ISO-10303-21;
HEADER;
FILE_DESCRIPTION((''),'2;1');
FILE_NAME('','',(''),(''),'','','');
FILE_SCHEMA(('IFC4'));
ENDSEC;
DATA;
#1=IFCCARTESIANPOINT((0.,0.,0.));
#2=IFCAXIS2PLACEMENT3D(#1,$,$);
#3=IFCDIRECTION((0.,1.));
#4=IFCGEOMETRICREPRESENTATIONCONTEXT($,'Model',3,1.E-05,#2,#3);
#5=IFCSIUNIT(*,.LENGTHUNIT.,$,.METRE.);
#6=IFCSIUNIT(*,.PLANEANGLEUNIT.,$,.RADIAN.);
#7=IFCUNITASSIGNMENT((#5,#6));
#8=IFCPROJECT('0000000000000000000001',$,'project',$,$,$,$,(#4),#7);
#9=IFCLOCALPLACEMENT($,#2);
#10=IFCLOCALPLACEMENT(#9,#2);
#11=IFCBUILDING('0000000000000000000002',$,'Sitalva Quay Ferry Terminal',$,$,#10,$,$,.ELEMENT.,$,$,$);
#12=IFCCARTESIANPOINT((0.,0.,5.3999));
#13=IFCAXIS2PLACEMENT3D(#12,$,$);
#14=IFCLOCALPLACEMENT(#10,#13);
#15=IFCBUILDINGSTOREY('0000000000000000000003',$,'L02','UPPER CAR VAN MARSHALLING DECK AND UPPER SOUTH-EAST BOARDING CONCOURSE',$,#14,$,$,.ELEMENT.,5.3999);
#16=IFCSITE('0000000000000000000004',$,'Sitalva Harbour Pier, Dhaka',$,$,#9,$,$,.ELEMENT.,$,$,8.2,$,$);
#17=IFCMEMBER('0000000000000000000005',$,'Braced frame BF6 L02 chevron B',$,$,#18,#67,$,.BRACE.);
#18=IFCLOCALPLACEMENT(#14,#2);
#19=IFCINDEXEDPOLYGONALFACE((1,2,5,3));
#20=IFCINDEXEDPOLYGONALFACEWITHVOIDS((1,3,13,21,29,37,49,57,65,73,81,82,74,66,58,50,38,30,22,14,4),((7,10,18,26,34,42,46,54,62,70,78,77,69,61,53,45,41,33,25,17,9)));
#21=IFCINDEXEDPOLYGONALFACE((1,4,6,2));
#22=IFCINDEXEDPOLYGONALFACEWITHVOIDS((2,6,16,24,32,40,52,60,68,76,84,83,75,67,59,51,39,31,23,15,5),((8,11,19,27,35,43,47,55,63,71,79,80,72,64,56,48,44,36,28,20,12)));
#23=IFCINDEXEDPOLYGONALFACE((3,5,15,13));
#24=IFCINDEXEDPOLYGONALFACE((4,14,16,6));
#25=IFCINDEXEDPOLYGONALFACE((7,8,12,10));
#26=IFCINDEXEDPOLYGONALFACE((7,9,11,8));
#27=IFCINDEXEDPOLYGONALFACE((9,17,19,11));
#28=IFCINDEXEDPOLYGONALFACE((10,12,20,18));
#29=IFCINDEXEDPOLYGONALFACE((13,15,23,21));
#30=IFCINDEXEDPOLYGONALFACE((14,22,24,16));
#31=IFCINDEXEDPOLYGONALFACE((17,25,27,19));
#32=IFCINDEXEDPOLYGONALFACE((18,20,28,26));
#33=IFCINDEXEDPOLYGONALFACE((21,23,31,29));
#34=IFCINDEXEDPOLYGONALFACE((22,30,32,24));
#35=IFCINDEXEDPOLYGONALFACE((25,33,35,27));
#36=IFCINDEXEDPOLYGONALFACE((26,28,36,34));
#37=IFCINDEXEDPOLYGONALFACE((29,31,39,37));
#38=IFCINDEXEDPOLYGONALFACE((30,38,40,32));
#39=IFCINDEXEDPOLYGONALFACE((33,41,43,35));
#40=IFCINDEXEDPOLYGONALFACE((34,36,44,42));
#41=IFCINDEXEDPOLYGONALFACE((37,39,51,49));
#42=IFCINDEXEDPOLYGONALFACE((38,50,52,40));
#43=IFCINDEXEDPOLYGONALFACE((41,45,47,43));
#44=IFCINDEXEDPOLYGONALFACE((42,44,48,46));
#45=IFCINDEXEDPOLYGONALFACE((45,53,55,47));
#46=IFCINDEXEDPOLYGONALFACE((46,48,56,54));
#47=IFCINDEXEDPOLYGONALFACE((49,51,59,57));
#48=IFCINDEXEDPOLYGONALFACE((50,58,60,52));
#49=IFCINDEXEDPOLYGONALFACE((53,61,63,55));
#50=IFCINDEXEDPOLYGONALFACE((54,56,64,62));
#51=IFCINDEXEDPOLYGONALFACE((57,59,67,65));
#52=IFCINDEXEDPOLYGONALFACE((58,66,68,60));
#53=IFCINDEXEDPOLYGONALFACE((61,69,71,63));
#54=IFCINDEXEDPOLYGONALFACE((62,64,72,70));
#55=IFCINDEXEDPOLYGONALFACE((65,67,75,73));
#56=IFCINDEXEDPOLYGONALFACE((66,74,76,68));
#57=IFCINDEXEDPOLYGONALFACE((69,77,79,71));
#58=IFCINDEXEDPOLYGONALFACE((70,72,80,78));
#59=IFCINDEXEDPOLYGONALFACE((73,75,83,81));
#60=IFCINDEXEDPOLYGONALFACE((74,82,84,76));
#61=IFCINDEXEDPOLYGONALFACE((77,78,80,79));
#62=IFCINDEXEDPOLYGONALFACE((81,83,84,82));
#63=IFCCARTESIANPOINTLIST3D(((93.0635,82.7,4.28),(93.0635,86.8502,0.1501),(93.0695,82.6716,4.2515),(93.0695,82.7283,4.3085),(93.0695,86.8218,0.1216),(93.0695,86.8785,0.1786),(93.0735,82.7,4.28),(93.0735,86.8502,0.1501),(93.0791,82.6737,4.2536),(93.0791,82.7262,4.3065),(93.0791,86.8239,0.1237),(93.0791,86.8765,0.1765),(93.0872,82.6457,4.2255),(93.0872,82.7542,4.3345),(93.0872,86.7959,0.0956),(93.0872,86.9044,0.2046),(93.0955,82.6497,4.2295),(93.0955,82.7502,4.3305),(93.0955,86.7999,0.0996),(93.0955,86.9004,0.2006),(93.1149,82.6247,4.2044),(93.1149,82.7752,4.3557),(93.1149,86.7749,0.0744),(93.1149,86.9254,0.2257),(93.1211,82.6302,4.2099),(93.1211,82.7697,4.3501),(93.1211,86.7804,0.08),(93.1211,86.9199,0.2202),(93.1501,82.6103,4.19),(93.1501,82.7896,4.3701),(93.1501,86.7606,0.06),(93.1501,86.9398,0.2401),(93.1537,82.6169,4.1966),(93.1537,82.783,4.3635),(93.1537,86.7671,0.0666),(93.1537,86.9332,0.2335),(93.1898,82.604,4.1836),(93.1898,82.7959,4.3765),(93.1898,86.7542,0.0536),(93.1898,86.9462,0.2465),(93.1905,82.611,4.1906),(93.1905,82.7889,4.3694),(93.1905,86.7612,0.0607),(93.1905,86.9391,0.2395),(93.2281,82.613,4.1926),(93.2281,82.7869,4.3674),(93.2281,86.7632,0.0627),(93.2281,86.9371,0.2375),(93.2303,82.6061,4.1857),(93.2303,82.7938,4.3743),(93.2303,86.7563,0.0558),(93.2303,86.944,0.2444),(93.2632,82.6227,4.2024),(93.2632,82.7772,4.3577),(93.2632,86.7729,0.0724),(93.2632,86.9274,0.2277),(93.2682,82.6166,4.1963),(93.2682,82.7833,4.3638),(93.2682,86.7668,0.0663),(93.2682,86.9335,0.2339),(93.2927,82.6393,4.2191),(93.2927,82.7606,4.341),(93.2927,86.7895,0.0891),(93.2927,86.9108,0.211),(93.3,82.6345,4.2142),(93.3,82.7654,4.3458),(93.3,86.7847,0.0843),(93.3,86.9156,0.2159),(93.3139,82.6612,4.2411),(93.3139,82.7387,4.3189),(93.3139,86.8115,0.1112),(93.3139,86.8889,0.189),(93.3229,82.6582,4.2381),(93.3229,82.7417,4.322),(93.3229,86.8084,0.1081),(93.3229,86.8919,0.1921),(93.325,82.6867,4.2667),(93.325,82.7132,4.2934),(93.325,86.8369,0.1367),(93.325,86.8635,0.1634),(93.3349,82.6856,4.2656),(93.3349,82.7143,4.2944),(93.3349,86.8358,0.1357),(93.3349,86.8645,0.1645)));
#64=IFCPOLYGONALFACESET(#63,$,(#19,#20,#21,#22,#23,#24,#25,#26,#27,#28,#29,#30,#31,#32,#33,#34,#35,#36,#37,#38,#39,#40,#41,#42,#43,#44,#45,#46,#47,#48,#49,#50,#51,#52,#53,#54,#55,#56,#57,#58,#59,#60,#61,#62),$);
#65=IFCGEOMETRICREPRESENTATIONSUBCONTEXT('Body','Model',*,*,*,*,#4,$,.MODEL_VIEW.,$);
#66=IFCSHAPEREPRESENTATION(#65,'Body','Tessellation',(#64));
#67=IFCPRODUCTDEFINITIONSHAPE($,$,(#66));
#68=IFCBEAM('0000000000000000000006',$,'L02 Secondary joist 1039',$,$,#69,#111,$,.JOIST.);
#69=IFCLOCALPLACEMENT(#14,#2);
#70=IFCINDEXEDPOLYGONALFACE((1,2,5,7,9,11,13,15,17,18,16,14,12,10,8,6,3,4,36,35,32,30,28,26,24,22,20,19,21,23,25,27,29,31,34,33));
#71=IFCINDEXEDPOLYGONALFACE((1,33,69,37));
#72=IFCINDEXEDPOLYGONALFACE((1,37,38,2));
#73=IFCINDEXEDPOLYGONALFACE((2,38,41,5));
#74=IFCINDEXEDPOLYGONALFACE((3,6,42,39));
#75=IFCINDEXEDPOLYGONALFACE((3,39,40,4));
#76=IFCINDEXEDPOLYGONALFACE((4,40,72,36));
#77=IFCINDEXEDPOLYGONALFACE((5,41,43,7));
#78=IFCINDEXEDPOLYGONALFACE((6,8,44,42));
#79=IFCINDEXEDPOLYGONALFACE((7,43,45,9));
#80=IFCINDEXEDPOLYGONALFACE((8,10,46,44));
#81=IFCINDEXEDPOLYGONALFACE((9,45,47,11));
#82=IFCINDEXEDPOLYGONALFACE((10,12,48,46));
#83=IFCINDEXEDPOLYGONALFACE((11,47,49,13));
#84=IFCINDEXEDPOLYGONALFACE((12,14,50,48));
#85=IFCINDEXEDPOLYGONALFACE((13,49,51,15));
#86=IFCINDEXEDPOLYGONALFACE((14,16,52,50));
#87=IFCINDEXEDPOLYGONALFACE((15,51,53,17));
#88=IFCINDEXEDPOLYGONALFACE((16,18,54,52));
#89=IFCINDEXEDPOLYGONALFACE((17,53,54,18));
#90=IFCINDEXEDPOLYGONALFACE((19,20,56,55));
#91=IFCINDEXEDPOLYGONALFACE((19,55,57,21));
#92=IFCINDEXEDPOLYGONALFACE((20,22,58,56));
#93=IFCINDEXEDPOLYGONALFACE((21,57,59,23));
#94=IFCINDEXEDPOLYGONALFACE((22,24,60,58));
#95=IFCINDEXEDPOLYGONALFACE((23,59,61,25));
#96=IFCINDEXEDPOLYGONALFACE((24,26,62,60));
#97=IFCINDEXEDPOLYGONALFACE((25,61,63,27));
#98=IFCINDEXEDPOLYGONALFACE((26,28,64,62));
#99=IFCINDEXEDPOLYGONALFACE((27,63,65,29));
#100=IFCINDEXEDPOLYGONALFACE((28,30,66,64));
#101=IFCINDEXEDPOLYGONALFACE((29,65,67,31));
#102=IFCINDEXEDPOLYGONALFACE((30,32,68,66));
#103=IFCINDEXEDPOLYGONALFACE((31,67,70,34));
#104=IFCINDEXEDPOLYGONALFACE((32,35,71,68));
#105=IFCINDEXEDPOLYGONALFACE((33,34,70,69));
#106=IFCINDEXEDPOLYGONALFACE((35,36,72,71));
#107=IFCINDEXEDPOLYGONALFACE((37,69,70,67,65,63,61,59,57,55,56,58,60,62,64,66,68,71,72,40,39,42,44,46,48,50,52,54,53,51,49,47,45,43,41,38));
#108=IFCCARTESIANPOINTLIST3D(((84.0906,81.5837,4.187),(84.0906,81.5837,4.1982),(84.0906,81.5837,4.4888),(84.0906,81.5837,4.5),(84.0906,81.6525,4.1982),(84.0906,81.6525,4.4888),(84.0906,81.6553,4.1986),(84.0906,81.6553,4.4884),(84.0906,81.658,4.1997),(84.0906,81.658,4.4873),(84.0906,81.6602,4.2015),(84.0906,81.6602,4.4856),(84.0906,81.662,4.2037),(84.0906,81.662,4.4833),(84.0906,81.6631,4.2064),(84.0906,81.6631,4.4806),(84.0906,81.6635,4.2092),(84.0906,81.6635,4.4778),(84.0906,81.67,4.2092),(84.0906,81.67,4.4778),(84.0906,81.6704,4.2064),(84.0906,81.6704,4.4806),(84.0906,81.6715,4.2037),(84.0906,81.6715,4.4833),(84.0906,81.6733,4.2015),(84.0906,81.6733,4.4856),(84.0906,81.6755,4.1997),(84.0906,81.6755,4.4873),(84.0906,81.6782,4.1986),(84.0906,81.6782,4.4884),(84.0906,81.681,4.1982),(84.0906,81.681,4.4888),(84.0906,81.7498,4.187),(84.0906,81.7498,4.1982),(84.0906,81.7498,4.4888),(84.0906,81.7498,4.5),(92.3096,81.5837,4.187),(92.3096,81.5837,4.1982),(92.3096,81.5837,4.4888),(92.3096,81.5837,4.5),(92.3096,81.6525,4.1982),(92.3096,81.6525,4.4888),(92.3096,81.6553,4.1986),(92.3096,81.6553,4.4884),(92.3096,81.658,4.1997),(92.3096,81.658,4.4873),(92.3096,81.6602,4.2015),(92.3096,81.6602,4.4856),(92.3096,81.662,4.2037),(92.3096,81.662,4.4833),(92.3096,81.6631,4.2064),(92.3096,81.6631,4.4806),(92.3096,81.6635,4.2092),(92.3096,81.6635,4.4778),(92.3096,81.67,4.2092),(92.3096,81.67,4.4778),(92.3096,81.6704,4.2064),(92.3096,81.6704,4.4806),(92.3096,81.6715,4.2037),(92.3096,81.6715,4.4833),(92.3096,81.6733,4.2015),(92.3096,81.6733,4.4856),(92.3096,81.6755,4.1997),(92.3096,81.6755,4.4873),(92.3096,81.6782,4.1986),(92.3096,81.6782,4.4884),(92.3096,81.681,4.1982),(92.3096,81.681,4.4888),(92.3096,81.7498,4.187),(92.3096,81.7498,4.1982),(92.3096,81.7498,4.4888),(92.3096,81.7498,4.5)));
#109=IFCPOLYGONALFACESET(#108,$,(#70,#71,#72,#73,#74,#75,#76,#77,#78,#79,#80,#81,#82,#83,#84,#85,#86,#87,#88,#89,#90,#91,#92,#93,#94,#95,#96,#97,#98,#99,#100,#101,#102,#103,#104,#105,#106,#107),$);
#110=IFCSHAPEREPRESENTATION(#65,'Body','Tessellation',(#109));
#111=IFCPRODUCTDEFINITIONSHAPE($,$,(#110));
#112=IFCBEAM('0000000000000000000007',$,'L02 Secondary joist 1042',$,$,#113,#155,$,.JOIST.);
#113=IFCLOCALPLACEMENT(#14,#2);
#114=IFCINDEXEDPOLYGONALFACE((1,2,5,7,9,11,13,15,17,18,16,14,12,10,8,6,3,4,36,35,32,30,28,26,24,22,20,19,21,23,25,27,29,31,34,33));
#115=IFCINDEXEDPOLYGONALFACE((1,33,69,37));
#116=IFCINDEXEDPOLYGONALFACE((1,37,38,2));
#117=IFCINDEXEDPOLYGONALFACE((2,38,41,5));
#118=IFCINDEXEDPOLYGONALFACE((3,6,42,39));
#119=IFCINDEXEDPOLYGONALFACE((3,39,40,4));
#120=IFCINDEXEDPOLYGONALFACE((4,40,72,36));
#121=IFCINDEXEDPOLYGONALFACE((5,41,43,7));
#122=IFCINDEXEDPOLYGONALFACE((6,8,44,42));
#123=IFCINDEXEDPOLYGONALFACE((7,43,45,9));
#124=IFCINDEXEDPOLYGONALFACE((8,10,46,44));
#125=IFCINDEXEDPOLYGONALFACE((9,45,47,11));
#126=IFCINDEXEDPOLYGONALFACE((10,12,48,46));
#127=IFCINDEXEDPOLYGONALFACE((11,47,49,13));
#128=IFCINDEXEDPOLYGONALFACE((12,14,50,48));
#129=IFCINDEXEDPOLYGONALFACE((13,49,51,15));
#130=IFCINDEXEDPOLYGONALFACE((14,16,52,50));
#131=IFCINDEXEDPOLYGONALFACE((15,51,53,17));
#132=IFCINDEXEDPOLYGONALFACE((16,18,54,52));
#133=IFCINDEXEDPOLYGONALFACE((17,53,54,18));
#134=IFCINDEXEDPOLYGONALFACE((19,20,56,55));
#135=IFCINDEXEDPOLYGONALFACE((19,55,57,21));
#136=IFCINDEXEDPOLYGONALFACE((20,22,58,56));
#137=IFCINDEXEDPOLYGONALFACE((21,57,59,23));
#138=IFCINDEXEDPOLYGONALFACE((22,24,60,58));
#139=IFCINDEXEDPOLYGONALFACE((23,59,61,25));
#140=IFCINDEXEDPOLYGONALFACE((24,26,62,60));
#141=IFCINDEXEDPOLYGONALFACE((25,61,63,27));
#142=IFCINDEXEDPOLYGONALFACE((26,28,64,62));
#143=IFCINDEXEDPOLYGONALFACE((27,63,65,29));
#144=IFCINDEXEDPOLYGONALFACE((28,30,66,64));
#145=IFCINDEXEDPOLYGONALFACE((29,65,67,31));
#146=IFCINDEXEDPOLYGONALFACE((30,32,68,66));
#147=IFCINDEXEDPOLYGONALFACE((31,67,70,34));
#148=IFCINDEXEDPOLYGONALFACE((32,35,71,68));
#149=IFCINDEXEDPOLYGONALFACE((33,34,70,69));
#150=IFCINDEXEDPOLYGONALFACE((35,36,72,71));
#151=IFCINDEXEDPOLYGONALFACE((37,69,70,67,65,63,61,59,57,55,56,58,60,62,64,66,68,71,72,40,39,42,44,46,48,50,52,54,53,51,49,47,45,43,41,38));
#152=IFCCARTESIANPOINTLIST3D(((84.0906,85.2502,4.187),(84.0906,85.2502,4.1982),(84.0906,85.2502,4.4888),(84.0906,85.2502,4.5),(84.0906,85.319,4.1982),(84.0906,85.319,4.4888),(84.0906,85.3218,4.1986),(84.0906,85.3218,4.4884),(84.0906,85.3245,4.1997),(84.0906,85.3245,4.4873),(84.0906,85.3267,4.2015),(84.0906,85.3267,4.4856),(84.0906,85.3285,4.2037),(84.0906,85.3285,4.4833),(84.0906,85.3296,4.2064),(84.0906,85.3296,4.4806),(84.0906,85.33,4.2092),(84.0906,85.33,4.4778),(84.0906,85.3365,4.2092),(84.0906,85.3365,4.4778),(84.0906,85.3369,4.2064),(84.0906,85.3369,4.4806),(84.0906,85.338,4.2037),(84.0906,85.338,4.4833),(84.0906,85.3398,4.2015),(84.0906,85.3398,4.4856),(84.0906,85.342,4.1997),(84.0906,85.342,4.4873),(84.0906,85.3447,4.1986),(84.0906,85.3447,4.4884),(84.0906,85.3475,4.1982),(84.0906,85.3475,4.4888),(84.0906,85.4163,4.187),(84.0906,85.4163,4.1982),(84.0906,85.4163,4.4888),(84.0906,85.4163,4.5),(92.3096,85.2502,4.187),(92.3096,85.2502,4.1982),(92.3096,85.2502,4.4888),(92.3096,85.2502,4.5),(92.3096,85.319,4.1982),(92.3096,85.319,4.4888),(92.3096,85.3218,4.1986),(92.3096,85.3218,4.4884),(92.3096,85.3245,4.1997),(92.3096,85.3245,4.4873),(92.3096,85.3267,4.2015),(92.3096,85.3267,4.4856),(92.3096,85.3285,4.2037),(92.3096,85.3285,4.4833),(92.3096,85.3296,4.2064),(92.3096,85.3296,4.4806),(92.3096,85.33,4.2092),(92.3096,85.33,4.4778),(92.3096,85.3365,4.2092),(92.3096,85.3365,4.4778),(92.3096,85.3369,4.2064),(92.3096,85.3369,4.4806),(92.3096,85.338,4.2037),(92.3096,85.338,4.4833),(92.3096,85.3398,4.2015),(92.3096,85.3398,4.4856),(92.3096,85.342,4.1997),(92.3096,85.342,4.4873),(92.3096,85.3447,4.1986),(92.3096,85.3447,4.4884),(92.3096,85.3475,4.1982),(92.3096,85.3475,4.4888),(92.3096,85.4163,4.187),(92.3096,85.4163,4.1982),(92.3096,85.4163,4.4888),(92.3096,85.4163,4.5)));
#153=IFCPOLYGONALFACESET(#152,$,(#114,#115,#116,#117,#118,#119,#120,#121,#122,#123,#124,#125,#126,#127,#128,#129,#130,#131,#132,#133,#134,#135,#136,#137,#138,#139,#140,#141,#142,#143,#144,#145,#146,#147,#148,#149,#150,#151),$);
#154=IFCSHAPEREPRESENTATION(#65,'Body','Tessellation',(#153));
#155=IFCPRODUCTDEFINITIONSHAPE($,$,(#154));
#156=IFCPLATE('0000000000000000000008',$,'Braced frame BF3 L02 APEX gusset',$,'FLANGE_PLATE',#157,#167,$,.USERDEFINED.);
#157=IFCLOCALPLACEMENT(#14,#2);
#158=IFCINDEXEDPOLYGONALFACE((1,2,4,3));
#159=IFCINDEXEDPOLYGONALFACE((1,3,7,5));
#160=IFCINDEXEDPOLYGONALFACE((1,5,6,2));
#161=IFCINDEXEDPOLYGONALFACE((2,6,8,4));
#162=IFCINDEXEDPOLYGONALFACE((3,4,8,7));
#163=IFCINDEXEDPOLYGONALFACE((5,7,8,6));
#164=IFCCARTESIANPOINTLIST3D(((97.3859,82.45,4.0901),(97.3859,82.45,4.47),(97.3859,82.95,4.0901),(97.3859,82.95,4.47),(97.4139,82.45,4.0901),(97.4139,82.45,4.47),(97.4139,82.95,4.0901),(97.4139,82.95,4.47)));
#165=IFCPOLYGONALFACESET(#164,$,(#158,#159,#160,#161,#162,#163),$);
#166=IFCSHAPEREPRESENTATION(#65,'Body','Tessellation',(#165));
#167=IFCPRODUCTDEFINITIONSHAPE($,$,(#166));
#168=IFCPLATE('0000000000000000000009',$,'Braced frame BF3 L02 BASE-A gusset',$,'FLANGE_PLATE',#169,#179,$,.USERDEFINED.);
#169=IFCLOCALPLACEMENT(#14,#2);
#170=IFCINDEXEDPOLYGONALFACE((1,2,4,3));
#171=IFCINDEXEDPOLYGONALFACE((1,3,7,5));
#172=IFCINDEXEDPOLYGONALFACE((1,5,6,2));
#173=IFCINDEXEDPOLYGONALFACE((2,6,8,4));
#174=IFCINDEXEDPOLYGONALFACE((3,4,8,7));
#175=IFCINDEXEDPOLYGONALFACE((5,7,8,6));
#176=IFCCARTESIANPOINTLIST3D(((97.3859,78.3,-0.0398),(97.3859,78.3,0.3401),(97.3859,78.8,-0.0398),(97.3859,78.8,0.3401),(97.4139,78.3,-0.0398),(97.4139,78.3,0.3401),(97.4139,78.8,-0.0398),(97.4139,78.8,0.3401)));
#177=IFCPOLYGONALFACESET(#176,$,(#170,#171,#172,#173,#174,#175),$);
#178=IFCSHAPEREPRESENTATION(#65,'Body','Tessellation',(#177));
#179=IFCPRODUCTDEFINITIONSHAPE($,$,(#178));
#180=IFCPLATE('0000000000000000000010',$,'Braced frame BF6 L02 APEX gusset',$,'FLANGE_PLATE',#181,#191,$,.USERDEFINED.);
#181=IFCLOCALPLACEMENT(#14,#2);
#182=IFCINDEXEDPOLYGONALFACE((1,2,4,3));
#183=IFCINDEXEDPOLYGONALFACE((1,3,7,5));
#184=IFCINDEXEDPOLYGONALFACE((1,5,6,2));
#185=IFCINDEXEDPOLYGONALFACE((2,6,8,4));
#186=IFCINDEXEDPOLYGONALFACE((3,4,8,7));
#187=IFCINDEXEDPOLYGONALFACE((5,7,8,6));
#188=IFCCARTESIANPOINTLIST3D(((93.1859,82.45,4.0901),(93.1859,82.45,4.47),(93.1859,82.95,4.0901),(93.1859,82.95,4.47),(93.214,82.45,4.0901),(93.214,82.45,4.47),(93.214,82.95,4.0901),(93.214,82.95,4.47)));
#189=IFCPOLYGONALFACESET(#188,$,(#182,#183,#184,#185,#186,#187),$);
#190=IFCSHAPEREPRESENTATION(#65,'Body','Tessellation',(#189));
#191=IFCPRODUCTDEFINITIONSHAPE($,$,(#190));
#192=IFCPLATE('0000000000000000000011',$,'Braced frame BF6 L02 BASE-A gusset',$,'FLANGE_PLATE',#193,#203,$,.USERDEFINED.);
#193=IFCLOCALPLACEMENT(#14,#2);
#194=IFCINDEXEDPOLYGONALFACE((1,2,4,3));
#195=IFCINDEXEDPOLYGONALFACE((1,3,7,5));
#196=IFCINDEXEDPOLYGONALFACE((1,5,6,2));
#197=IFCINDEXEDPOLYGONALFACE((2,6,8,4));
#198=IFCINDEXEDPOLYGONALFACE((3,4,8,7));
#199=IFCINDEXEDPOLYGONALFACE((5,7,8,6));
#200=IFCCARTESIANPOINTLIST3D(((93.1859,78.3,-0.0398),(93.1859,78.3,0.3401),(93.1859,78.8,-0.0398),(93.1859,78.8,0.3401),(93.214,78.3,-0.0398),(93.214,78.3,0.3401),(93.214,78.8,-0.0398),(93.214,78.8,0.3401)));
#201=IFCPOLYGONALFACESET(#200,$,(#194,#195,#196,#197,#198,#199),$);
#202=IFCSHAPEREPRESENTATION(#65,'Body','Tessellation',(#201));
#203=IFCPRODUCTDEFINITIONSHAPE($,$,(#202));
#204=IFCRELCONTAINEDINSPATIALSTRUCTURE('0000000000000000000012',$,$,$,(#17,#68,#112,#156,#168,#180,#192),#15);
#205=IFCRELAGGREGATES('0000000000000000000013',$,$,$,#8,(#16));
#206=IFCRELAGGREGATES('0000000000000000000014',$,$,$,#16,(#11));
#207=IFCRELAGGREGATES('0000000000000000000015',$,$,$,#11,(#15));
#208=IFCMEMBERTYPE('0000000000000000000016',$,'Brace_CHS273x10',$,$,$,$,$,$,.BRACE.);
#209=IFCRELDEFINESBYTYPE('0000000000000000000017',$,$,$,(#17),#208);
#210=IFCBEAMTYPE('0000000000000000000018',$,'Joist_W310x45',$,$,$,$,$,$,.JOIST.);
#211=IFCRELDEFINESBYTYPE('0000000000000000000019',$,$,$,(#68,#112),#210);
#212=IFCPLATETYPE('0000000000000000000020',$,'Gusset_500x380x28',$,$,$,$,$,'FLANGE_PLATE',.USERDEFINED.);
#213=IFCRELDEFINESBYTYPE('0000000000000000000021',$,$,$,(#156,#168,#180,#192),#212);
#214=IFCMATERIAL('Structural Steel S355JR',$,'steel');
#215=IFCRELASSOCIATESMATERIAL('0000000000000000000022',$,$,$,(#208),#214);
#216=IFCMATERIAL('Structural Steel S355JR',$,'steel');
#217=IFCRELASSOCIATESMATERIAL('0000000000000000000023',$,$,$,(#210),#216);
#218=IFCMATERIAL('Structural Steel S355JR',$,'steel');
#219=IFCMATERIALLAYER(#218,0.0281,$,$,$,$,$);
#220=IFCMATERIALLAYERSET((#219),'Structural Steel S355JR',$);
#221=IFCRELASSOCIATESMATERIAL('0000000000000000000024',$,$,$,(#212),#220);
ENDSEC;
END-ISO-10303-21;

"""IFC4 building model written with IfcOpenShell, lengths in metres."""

from ifc_helpers import new_model, si_unit, direction, frame, origin, origin_2d, place, context, subcontext, project, spatial, rectangle, hollow_circle, i_section, extrude, material, layer, layer_set, material_profile, profile_set, type_object, element, save


model = new_model("IFC4")

# Units and contexts
model_context = context("Model", 3, precision=1e-05, world=origin(), true_north=direction((0.0, 1.0)))
body_context = subcontext(model_context, "Body", "Model", "MODEL_VIEW")
ifc_project = project(units=[si_unit("LENGTHUNIT", "METRE"), si_unit("PLANEANGLEUNIT", "RADIAN")], contexts=[model_context])

# Site, building, storey
site_placement = place(None, origin())
site = spatial("IfcSite", under=ifc_project, at=site_placement, Name="Sitalva Harbour Pier, Dhaka", CompositionType="ELEMENT", RefElevation=8.2)
building_placement = place(site_placement, origin())
building = spatial("IfcBuilding", under=site, at=building_placement, Name="Sitalva Quay Ferry Terminal", CompositionType="ELEMENT")
storey_placement = place(building_placement, frame((0.0, 0.0, 5.3999)))
storey = spatial("IfcBuildingStorey", under=building, at=storey_placement, Name="L02", Description="UPPER CAR VAN MARSHALLING DECK AND UPPER SOUTH-EAST BOARDING CONCOURSE", CompositionType="ELEMENT", Elevation=5.3999)

# Member
ifc_material_1 = material(Name="Structural Steel S355JR", Category="steel")
ifc_material_profile_1 = material_profile(ifc_material_1, hollow_circle(Radius=0.1365, WallThickness=0.01, at=origin_2d()), Name="CHS273x10")
ifc_profile_set_1 = profile_set([ifc_material_profile_1], Name="Structural Steel S355JR")
member_type = type_object("IfcMemberType", Name="Brace_CHS273x10", PredefinedType="BRACE", material=ifc_profile_set_1)
member_1_placement = place(storey_placement, frame((93.2, 82.7, 4.28), z_axis=(0.0, 0.708835, -0.705374), x_axis=(-1.0, 0.0, 0.0)))
element("IfcMember", 1, at=member_1_placement, inside=storey, type_object=member_type, Name="Braced frame BF6 L02 chevron B", PredefinedType="BRACE", context=body_context, shape_type="SweptSolid", body=[
    extrude(hollow_circle(Radius=0.1365, WallThickness=0.01, at=origin_2d()), origin(), (0.0, 0.0, 1.0), 5.855),
])

# Beams
ifc_material_2 = material(Name="Structural Steel S355JR", Category="steel")
ifc_material_profile_2 = material_profile(ifc_material_2, i_section(OverallWidth=0.166, OverallDepth=0.313, WebThickness=0.0066, FlangeThickness=0.0112, FilletRadius=0.011, at=origin_2d()), Name="W310x45")
ifc_profile_set_2 = profile_set([ifc_material_profile_2], Name="Structural Steel S355JR")
beam_type = type_object("IfcBeamType", Name="Joist_W310x45", PredefinedType="JOIST", material=ifc_profile_set_2)
for number, where, z_axis, x_axis, name in (
    (2, (84.0906, 81.6667, 4.3435), (1.0, 0.0, 0.0), (0.0, 1.0, 0.0), "L02 Secondary joist 1039"),
    (3, (84.0906, 85.3333, 4.3435), (1.0, 0.0, 0.0), (0.0, 1.0, 0.0), "L02 Secondary joist 1042"),
):
    element("IfcBeam", number, at=place(storey_placement, frame(where, z_axis=z_axis, x_axis=x_axis)), inside=storey, type_object=beam_type, Name=name, PredefinedType="JOIST", context=body_context, shape_type="SweptSolid", body=[
        extrude(i_section(OverallWidth=0.166, OverallDepth=0.313, WebThickness=0.0066, FlangeThickness=0.0112, FilletRadius=0.011, at=origin_2d()), origin(), (0.0, 0.0, 1.0), 8.219),
    ])

# Plates
ifc_material_3 = material(Name="Structural Steel S355JR", Category="steel")
ifc_layer_1 = layer(ifc_material_3, 0.0281)
ifc_layer_set_1 = layer_set([ifc_layer_1], Name="Structural Steel S355JR")
plate_type = type_object("IfcPlateType", Name="Gusset_500x380x28", ElementType="FLANGE_PLATE", PredefinedType="USERDEFINED", material=ifc_layer_set_1)
for number, where, z_axis, x_axis, name in (
    (4, (97.3999, 82.7, 4.0901), (0.0, 0.0, 1.0), (1.0, 0.0, 0.0), "Braced frame BF3 L02 APEX gusset"),
    (5, (97.3999, 78.55, -0.0398), (0.0, 0.0, 1.0), (1.0, 0.0, 0.0), "Braced frame BF3 L02 BASE-A gusset"),
    (6, (93.2, 82.7, 4.0901), (0.0, 0.0, 1.0), (1.0, 0.0, 0.0), "Braced frame BF6 L02 APEX gusset"),
    (7, (93.2, 78.55, -0.0398), (0.0, 0.0, 1.0), (1.0, 0.0, 0.0), "Braced frame BF6 L02 BASE-A gusset"),
):
    element("IfcPlate", number, at=place(storey_placement, frame(where, z_axis=z_axis, x_axis=x_axis)), inside=storey, type_object=plate_type, Name=name, ObjectType="FLANGE_PLATE", PredefinedType="USERDEFINED", context=body_context, shape_type="SweptSolid", body=[
        extrude(rectangle(XDim=0.0281, YDim=0.5, at=origin_2d()), origin(), (0.0, 0.0, 1.0), 0.3799),
    ])

save(model, "model.ifc")
